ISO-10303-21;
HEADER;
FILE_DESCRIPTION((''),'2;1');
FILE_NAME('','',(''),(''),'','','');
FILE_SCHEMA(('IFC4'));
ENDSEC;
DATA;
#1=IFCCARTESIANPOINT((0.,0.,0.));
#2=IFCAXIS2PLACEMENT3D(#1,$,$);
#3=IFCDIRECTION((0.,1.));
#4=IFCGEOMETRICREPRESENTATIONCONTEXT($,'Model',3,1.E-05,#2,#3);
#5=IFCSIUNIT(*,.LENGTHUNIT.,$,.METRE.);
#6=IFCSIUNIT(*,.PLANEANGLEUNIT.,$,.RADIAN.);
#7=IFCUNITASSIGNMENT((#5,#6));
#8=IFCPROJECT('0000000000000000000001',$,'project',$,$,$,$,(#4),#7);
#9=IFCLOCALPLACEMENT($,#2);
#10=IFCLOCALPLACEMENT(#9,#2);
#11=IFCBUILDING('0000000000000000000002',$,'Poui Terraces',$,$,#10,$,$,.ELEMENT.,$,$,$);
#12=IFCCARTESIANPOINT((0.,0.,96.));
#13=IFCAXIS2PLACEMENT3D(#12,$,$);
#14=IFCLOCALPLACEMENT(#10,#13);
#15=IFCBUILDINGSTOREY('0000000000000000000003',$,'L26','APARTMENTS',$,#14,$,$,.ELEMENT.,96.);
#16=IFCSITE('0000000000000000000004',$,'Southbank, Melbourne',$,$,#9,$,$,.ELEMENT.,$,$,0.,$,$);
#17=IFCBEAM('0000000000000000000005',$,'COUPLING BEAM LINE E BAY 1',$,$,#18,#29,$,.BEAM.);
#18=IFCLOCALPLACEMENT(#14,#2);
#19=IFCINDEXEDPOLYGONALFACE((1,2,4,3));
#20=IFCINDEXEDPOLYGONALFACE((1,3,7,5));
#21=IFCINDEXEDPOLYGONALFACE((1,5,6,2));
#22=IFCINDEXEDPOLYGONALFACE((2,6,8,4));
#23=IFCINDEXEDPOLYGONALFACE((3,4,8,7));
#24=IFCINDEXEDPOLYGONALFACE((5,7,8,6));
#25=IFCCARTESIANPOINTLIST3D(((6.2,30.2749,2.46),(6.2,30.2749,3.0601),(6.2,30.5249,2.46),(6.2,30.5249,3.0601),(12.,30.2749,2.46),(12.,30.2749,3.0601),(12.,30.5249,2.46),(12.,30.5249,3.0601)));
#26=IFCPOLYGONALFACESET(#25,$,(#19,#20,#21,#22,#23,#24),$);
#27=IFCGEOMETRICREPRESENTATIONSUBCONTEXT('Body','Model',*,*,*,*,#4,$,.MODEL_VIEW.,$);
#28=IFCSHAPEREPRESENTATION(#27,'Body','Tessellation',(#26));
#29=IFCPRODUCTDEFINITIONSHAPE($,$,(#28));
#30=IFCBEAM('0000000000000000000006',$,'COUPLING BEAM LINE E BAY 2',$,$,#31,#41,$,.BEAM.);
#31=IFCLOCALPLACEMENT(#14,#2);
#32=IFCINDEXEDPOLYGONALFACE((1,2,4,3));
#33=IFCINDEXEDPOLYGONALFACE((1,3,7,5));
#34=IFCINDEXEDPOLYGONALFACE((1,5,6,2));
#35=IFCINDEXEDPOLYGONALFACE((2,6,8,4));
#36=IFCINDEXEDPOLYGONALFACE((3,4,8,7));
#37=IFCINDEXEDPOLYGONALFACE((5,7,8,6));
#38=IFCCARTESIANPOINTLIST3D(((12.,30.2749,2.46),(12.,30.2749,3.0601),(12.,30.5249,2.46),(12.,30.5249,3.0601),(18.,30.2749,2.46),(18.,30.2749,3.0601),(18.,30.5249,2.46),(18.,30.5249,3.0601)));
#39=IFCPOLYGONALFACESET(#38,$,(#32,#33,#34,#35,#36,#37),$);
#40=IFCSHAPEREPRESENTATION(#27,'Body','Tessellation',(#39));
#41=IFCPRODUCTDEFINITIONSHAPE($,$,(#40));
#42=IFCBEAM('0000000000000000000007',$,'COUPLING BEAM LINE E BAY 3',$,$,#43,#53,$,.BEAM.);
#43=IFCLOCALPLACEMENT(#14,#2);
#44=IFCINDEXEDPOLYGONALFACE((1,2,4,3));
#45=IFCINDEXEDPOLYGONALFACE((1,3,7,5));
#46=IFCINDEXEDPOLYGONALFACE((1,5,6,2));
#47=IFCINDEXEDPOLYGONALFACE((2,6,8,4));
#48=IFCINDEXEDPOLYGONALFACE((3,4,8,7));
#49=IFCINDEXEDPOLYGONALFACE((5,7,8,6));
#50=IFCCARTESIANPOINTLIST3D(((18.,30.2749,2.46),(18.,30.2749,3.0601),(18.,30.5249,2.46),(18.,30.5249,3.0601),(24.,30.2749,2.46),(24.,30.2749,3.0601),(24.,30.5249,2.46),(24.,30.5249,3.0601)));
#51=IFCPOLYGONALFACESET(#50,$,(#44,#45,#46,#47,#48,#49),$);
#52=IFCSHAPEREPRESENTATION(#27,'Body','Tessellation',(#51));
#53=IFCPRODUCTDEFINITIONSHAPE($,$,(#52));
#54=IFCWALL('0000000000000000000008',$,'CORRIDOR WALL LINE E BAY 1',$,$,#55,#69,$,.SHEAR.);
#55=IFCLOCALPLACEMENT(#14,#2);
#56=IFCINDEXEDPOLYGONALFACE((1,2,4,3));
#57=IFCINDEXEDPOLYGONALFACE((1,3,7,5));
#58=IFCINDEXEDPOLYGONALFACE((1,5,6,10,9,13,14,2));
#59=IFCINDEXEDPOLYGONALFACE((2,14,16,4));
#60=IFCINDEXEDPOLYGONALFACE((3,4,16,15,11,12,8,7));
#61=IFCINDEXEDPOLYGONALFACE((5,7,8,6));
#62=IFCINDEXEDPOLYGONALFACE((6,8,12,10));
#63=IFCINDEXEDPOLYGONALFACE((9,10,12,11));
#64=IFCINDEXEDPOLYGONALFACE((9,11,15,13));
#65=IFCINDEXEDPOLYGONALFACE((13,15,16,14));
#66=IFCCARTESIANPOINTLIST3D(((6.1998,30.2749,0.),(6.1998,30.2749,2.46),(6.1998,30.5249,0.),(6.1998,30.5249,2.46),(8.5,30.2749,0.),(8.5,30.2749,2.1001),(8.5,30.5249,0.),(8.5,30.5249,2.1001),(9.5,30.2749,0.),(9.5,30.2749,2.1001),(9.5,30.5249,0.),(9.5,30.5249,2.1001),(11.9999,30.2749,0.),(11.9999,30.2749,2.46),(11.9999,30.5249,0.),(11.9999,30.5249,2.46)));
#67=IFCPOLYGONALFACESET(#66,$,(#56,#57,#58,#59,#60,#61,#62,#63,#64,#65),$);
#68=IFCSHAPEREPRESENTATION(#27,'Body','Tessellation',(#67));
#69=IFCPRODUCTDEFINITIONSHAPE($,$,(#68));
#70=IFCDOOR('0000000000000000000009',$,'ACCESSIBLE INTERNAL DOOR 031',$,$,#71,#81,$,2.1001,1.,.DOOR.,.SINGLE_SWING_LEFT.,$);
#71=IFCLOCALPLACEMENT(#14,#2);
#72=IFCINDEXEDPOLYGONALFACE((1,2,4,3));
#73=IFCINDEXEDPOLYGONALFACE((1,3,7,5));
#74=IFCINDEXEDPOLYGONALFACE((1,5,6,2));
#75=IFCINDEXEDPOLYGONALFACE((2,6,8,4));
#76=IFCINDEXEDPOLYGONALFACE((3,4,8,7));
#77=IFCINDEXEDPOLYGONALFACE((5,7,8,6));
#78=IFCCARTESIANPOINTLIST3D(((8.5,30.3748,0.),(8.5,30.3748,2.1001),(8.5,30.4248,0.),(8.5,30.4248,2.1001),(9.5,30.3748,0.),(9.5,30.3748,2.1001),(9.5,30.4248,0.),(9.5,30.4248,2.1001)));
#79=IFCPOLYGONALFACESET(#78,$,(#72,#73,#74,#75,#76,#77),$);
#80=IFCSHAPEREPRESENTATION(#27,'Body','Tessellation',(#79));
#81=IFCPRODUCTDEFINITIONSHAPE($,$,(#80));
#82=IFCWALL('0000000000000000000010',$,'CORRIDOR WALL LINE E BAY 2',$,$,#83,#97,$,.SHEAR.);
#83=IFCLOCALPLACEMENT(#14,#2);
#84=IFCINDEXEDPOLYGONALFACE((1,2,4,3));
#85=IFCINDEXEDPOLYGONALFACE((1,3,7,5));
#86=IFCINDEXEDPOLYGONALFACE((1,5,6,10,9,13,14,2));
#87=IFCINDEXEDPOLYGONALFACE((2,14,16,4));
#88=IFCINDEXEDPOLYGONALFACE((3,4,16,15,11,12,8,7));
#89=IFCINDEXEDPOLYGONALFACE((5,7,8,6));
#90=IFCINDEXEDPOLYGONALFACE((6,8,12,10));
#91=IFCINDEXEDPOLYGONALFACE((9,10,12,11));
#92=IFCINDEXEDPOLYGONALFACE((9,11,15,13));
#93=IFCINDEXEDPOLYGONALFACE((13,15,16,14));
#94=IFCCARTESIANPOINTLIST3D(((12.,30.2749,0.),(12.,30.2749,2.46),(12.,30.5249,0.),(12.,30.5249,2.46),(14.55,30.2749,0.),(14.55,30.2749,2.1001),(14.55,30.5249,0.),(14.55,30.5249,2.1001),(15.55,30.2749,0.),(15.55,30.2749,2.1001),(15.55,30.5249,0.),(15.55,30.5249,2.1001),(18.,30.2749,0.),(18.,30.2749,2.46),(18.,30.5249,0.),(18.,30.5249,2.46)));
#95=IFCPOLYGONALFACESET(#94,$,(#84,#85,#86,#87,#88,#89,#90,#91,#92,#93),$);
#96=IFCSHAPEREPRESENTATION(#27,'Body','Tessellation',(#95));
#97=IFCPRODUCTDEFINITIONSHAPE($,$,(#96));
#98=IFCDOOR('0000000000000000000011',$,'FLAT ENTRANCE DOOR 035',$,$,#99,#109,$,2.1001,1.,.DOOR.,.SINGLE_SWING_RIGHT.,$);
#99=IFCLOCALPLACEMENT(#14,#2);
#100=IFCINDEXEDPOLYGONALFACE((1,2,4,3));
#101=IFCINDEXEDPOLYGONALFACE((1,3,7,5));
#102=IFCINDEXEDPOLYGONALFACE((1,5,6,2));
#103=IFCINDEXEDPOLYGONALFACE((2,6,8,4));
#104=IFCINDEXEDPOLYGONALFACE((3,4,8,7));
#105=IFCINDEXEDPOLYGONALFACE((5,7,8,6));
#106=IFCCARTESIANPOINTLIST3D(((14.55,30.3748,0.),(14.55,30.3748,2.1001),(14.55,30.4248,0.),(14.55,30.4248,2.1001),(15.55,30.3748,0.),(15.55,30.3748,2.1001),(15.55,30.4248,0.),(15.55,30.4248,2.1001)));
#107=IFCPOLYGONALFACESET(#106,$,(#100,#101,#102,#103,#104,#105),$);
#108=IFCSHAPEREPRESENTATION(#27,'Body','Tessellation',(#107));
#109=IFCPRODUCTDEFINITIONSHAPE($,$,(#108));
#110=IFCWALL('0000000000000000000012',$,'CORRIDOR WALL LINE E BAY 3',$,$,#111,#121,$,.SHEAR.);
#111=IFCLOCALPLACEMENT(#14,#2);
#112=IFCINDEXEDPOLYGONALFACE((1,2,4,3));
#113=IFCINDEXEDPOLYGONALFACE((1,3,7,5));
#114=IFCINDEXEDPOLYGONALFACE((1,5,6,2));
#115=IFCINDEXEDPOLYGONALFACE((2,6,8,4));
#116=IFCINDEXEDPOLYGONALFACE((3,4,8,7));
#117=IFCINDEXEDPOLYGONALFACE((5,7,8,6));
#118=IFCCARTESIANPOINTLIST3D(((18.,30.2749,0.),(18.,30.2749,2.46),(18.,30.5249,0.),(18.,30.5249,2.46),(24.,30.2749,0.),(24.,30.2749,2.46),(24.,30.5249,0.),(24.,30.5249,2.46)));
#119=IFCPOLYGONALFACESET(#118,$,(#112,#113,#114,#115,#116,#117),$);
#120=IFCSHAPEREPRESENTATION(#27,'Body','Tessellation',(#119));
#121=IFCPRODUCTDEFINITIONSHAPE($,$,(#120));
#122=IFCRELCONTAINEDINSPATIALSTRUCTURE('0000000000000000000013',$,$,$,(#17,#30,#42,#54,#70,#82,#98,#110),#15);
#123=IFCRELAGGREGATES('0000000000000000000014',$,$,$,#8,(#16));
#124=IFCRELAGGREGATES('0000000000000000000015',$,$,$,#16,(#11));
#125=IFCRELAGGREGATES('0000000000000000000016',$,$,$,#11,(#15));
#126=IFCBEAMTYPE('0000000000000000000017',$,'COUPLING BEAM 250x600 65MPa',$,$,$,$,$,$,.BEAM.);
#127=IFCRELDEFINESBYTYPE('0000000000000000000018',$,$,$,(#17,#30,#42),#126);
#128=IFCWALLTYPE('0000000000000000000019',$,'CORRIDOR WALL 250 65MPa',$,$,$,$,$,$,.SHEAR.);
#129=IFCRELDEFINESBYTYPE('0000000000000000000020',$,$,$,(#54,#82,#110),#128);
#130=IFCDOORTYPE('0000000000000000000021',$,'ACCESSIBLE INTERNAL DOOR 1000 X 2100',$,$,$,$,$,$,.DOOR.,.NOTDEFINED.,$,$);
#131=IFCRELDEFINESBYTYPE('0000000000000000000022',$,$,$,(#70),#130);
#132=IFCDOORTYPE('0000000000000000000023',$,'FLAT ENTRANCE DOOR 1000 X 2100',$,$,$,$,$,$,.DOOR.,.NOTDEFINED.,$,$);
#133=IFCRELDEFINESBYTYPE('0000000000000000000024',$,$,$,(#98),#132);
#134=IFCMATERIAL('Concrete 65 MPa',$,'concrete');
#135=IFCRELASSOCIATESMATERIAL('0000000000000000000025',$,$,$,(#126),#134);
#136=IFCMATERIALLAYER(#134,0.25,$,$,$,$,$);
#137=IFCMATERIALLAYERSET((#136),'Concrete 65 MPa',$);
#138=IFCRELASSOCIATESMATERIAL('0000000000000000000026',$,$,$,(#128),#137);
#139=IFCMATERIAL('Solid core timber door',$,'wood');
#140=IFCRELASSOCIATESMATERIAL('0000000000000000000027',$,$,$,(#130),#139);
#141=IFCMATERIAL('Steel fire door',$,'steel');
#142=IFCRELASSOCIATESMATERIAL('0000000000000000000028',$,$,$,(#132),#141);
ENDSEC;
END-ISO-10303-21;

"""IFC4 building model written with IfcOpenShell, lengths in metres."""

from ifc_helpers import new_model, si_unit, direction, frame, frame_2d, origin, origin_2d, place, context, subcontext, project, spatial, rectangle, extrude, source, transform, mapped, material, layer, layer_set, material_profile, profile_set, type_object, element, fill, save


model = new_model("IFC4")

# Units and contexts
model_context = context("Model", 3, precision=1e-05, world=origin(), true_north=direction((0.0, 1.0)))
body_context = subcontext(model_context, "Body", "Model", "MODEL_VIEW")
ifc_project = project(units=[si_unit("LENGTHUNIT", "METRE"), si_unit("PLANEANGLEUNIT", "RADIAN")], contexts=[model_context])

# Site, building, storey
site_placement = place(None, origin())
site = spatial("IfcSite", under=ifc_project, at=site_placement, Name="Southbank, Melbourne", CompositionType="ELEMENT", RefElevation=0.0)
building_placement = place(site_placement, origin())
building = spatial("IfcBuilding", under=site, at=building_placement, Name="Poui Terraces", CompositionType="ELEMENT")
storey_placement = place(building_placement, frame((0.0, 0.0, 96.0)))
storey = spatial("IfcBuildingStorey", under=building, at=storey_placement, Name="L26", Description="APARTMENTS", CompositionType="ELEMENT", Elevation=96.0)

# Beams
ifc_material_1 = material(Name="Concrete 65 MPa", Category="concrete")
ifc_material_profile = material_profile(ifc_material_1, rectangle(XDim=0.25, YDim=0.6001, at=origin_2d()), Name="RC 250x600")
ifc_profile_set = profile_set([ifc_material_profile], Name="Concrete 65 MPa")
beam_type = type_object("IfcBeamType", Name="COUPLING BEAM 250x600 65MPa", PredefinedType="BEAM", material=ifc_profile_set)
shared_shape_1 = source(origin(), body_context, "Body", "SweptSolid", [
    extrude(rectangle(XDim=0.25, YDim=0.6001, at=origin_2d()), origin(), (0.0, 0.0, 1.0), 5.8),
])
beam_placement = place(storey_placement, frame((6.2, 30.3999, 2.76), z_axis=(1.0, 0.0, 0.0), x_axis=(0.0, 1.0, 0.0)))
element("IfcBeam", 1, at=beam_placement, inside=storey, type_object=beam_type, Name="COUPLING BEAM LINE E BAY 1", PredefinedType="BEAM", context=body_context, shape_type="MappedRepresentation", body=[
    mapped(shared_shape_1, transform((0.0, 0.0, 0.0))),
])
shared_shape_2 = source(origin(), body_context, "Body", "SweptSolid", [
    extrude(rectangle(XDim=0.25, YDim=0.6001, at=origin_2d()), origin(), (0.0, 0.0, 1.0), 6.0),
])
for number, where, z_axis, x_axis, name in (
    (2, (12.0, 30.3999, 2.76), (1.0, 0.0, 0.0), (0.0, 1.0, 0.0), "COUPLING BEAM LINE E BAY 2"),
    (3, (18.0, 30.3999, 2.76), (1.0, 0.0, 0.0), (0.0, 1.0, 0.0), "COUPLING BEAM LINE E BAY 3"),
):
    element("IfcBeam", number, at=place(storey_placement, frame(where, z_axis=z_axis, x_axis=x_axis)), inside=storey, type_object=beam_type, Name=name, PredefinedType="BEAM", context=body_context, shape_type="MappedRepresentation", body=[
        mapped(shared_shape_2, transform((0.0, 0.0, 0.0))),
    ])

# Walls, openings, doors
ifc_layer = layer(ifc_material_1, 0.25)
ifc_layer_set = layer_set([ifc_layer], Name="Concrete 65 MPa")
wall_type = type_object("IfcWallType", Name="CORRIDOR WALL 250 65MPa", PredefinedType="SHEAR", material=ifc_layer_set)
wall_1_placement = place(storey_placement, frame((6.2, 30.3999, 0.0), z_axis=(0.0, 0.0, 1.0), x_axis=(1.0, 0.0, 0.0)))
wall_1 = element("IfcWall", 4, at=wall_1_placement, inside=storey, type_object=wall_type, Name="CORRIDOR WALL LINE E BAY 1", PredefinedType="SHEAR", context=body_context, shape_type="SweptSolid", body=[
    extrude(rectangle(XDim=5.8, YDim=0.25, at=frame_2d((2.8999, 0.0))), origin(), (0.0, 0.0, 1.0), 2.46),
])
opening_1_placement = place(wall_1_placement, frame((2.3, 0.0, 0.0)))
opening_1 = element("IfcOpeningElement", 5, at=opening_1_placement, cuts=wall_1, PredefinedType="OPENING", context=body_context, shape_type="SweptSolid", body=[
    extrude(rectangle(XDim=1.0, YDim=2.1001, at=frame_2d((0.5, 1.05))), frame((0.0, 0.135, 0.0), z_axis=(0.0, -1.0, 0.0), x_axis=(1.0, 0.0, 0.0)), (0.0, 0.0, 1.0), 0.27),
])
ifc_material_2 = material(Name="Solid core timber door", Category="wood")
door_type_1 = type_object("IfcDoorType", Name="ACCESSIBLE INTERNAL DOOR 1000 X 2100", OperationType="NOTDEFINED", PredefinedType="DOOR", material=ifc_material_2)
door_1_placement = place(opening_1_placement, origin())
door_1 = element("IfcDoor", 6, at=door_1_placement, inside=storey, type_object=door_type_1, Name="ACCESSIBLE INTERNAL DOOR 031", OperationType="SINGLE_SWING_LEFT", OverallHeight=2.1001, OverallWidth=1.0, PredefinedType="DOOR", context=body_context, shape_type="SweptSolid", body=[
    extrude(rectangle(XDim=1.0, YDim=2.1001, at=frame_2d((0.5, 1.05))), frame((0.0, 0.0249, 0.0), z_axis=(0.0, -1.0, 0.0), x_axis=(1.0, 0.0, 0.0)), (0.0, 0.0, 1.0), 0.05),
])
fill(opening_1, door_1)
wall_2_placement = place(storey_placement, frame((12.0, 30.3999, 0.0), z_axis=(0.0, 0.0, 1.0), x_axis=(1.0, 0.0, 0.0)))
wall_2 = element("IfcWall", 7, at=wall_2_placement, inside=storey, type_object=wall_type, Name="CORRIDOR WALL LINE E BAY 2", PredefinedType="SHEAR", context=body_context, shape_type="SweptSolid", body=[
    extrude(rectangle(XDim=6.0, YDim=0.25, at=frame_2d((3.0, 0.0))), origin(), (0.0, 0.0, 1.0), 2.46),
])
opening_2_placement = place(wall_2_placement, frame((2.55, 0.0, 0.0)))
opening_2 = element("IfcOpeningElement", 8, at=opening_2_placement, cuts=wall_2, PredefinedType="OPENING", context=body_context, shape_type="SweptSolid", body=[
    extrude(rectangle(XDim=1.0, YDim=2.1001, at=frame_2d((0.5, 1.05))), frame((0.0, 0.135, 0.0), z_axis=(0.0, -1.0, 0.0), x_axis=(1.0, 0.0, 0.0)), (0.0, 0.0, 1.0), 0.27),
])
ifc_material_3 = material(Name="Steel fire door", Category="steel")
door_type_2 = type_object("IfcDoorType", Name="FLAT ENTRANCE DOOR 1000 X 2100", OperationType="NOTDEFINED", PredefinedType="DOOR", material=ifc_material_3)
door_2_placement = place(opening_2_placement, origin())
door_2 = element("IfcDoor", 9, at=door_2_placement, inside=storey, type_object=door_type_2, Name="FLAT ENTRANCE DOOR 035", OperationType="SINGLE_SWING_RIGHT", OverallHeight=2.1001, OverallWidth=1.0, PredefinedType="DOOR", context=body_context, shape_type="SweptSolid", body=[
    extrude(rectangle(XDim=1.0, YDim=2.1001, at=frame_2d((0.5, 1.05))), frame((0.0, 0.0249, 0.0), z_axis=(0.0, -1.0, 0.0), x_axis=(1.0, 0.0, 0.0)), (0.0, 0.0, 1.0), 0.05),
])
fill(opening_2, door_2)

# Wall
wall_3_placement = place(storey_placement, frame((18.0, 30.3999, 0.0), z_axis=(0.0, 0.0, 1.0), x_axis=(1.0, 0.0, 0.0)))
element("IfcWall", 10, at=wall_3_placement, inside=storey, type_object=wall_type, Name="CORRIDOR WALL LINE E BAY 3", PredefinedType="SHEAR", context=body_context, shape_type="SweptSolid", body=[
    extrude(rectangle(XDim=6.0, YDim=0.25, at=frame_2d((3.0, 0.0))), origin(), (0.0, 0.0, 1.0), 2.46),
])

save(model, "model.ifc")
